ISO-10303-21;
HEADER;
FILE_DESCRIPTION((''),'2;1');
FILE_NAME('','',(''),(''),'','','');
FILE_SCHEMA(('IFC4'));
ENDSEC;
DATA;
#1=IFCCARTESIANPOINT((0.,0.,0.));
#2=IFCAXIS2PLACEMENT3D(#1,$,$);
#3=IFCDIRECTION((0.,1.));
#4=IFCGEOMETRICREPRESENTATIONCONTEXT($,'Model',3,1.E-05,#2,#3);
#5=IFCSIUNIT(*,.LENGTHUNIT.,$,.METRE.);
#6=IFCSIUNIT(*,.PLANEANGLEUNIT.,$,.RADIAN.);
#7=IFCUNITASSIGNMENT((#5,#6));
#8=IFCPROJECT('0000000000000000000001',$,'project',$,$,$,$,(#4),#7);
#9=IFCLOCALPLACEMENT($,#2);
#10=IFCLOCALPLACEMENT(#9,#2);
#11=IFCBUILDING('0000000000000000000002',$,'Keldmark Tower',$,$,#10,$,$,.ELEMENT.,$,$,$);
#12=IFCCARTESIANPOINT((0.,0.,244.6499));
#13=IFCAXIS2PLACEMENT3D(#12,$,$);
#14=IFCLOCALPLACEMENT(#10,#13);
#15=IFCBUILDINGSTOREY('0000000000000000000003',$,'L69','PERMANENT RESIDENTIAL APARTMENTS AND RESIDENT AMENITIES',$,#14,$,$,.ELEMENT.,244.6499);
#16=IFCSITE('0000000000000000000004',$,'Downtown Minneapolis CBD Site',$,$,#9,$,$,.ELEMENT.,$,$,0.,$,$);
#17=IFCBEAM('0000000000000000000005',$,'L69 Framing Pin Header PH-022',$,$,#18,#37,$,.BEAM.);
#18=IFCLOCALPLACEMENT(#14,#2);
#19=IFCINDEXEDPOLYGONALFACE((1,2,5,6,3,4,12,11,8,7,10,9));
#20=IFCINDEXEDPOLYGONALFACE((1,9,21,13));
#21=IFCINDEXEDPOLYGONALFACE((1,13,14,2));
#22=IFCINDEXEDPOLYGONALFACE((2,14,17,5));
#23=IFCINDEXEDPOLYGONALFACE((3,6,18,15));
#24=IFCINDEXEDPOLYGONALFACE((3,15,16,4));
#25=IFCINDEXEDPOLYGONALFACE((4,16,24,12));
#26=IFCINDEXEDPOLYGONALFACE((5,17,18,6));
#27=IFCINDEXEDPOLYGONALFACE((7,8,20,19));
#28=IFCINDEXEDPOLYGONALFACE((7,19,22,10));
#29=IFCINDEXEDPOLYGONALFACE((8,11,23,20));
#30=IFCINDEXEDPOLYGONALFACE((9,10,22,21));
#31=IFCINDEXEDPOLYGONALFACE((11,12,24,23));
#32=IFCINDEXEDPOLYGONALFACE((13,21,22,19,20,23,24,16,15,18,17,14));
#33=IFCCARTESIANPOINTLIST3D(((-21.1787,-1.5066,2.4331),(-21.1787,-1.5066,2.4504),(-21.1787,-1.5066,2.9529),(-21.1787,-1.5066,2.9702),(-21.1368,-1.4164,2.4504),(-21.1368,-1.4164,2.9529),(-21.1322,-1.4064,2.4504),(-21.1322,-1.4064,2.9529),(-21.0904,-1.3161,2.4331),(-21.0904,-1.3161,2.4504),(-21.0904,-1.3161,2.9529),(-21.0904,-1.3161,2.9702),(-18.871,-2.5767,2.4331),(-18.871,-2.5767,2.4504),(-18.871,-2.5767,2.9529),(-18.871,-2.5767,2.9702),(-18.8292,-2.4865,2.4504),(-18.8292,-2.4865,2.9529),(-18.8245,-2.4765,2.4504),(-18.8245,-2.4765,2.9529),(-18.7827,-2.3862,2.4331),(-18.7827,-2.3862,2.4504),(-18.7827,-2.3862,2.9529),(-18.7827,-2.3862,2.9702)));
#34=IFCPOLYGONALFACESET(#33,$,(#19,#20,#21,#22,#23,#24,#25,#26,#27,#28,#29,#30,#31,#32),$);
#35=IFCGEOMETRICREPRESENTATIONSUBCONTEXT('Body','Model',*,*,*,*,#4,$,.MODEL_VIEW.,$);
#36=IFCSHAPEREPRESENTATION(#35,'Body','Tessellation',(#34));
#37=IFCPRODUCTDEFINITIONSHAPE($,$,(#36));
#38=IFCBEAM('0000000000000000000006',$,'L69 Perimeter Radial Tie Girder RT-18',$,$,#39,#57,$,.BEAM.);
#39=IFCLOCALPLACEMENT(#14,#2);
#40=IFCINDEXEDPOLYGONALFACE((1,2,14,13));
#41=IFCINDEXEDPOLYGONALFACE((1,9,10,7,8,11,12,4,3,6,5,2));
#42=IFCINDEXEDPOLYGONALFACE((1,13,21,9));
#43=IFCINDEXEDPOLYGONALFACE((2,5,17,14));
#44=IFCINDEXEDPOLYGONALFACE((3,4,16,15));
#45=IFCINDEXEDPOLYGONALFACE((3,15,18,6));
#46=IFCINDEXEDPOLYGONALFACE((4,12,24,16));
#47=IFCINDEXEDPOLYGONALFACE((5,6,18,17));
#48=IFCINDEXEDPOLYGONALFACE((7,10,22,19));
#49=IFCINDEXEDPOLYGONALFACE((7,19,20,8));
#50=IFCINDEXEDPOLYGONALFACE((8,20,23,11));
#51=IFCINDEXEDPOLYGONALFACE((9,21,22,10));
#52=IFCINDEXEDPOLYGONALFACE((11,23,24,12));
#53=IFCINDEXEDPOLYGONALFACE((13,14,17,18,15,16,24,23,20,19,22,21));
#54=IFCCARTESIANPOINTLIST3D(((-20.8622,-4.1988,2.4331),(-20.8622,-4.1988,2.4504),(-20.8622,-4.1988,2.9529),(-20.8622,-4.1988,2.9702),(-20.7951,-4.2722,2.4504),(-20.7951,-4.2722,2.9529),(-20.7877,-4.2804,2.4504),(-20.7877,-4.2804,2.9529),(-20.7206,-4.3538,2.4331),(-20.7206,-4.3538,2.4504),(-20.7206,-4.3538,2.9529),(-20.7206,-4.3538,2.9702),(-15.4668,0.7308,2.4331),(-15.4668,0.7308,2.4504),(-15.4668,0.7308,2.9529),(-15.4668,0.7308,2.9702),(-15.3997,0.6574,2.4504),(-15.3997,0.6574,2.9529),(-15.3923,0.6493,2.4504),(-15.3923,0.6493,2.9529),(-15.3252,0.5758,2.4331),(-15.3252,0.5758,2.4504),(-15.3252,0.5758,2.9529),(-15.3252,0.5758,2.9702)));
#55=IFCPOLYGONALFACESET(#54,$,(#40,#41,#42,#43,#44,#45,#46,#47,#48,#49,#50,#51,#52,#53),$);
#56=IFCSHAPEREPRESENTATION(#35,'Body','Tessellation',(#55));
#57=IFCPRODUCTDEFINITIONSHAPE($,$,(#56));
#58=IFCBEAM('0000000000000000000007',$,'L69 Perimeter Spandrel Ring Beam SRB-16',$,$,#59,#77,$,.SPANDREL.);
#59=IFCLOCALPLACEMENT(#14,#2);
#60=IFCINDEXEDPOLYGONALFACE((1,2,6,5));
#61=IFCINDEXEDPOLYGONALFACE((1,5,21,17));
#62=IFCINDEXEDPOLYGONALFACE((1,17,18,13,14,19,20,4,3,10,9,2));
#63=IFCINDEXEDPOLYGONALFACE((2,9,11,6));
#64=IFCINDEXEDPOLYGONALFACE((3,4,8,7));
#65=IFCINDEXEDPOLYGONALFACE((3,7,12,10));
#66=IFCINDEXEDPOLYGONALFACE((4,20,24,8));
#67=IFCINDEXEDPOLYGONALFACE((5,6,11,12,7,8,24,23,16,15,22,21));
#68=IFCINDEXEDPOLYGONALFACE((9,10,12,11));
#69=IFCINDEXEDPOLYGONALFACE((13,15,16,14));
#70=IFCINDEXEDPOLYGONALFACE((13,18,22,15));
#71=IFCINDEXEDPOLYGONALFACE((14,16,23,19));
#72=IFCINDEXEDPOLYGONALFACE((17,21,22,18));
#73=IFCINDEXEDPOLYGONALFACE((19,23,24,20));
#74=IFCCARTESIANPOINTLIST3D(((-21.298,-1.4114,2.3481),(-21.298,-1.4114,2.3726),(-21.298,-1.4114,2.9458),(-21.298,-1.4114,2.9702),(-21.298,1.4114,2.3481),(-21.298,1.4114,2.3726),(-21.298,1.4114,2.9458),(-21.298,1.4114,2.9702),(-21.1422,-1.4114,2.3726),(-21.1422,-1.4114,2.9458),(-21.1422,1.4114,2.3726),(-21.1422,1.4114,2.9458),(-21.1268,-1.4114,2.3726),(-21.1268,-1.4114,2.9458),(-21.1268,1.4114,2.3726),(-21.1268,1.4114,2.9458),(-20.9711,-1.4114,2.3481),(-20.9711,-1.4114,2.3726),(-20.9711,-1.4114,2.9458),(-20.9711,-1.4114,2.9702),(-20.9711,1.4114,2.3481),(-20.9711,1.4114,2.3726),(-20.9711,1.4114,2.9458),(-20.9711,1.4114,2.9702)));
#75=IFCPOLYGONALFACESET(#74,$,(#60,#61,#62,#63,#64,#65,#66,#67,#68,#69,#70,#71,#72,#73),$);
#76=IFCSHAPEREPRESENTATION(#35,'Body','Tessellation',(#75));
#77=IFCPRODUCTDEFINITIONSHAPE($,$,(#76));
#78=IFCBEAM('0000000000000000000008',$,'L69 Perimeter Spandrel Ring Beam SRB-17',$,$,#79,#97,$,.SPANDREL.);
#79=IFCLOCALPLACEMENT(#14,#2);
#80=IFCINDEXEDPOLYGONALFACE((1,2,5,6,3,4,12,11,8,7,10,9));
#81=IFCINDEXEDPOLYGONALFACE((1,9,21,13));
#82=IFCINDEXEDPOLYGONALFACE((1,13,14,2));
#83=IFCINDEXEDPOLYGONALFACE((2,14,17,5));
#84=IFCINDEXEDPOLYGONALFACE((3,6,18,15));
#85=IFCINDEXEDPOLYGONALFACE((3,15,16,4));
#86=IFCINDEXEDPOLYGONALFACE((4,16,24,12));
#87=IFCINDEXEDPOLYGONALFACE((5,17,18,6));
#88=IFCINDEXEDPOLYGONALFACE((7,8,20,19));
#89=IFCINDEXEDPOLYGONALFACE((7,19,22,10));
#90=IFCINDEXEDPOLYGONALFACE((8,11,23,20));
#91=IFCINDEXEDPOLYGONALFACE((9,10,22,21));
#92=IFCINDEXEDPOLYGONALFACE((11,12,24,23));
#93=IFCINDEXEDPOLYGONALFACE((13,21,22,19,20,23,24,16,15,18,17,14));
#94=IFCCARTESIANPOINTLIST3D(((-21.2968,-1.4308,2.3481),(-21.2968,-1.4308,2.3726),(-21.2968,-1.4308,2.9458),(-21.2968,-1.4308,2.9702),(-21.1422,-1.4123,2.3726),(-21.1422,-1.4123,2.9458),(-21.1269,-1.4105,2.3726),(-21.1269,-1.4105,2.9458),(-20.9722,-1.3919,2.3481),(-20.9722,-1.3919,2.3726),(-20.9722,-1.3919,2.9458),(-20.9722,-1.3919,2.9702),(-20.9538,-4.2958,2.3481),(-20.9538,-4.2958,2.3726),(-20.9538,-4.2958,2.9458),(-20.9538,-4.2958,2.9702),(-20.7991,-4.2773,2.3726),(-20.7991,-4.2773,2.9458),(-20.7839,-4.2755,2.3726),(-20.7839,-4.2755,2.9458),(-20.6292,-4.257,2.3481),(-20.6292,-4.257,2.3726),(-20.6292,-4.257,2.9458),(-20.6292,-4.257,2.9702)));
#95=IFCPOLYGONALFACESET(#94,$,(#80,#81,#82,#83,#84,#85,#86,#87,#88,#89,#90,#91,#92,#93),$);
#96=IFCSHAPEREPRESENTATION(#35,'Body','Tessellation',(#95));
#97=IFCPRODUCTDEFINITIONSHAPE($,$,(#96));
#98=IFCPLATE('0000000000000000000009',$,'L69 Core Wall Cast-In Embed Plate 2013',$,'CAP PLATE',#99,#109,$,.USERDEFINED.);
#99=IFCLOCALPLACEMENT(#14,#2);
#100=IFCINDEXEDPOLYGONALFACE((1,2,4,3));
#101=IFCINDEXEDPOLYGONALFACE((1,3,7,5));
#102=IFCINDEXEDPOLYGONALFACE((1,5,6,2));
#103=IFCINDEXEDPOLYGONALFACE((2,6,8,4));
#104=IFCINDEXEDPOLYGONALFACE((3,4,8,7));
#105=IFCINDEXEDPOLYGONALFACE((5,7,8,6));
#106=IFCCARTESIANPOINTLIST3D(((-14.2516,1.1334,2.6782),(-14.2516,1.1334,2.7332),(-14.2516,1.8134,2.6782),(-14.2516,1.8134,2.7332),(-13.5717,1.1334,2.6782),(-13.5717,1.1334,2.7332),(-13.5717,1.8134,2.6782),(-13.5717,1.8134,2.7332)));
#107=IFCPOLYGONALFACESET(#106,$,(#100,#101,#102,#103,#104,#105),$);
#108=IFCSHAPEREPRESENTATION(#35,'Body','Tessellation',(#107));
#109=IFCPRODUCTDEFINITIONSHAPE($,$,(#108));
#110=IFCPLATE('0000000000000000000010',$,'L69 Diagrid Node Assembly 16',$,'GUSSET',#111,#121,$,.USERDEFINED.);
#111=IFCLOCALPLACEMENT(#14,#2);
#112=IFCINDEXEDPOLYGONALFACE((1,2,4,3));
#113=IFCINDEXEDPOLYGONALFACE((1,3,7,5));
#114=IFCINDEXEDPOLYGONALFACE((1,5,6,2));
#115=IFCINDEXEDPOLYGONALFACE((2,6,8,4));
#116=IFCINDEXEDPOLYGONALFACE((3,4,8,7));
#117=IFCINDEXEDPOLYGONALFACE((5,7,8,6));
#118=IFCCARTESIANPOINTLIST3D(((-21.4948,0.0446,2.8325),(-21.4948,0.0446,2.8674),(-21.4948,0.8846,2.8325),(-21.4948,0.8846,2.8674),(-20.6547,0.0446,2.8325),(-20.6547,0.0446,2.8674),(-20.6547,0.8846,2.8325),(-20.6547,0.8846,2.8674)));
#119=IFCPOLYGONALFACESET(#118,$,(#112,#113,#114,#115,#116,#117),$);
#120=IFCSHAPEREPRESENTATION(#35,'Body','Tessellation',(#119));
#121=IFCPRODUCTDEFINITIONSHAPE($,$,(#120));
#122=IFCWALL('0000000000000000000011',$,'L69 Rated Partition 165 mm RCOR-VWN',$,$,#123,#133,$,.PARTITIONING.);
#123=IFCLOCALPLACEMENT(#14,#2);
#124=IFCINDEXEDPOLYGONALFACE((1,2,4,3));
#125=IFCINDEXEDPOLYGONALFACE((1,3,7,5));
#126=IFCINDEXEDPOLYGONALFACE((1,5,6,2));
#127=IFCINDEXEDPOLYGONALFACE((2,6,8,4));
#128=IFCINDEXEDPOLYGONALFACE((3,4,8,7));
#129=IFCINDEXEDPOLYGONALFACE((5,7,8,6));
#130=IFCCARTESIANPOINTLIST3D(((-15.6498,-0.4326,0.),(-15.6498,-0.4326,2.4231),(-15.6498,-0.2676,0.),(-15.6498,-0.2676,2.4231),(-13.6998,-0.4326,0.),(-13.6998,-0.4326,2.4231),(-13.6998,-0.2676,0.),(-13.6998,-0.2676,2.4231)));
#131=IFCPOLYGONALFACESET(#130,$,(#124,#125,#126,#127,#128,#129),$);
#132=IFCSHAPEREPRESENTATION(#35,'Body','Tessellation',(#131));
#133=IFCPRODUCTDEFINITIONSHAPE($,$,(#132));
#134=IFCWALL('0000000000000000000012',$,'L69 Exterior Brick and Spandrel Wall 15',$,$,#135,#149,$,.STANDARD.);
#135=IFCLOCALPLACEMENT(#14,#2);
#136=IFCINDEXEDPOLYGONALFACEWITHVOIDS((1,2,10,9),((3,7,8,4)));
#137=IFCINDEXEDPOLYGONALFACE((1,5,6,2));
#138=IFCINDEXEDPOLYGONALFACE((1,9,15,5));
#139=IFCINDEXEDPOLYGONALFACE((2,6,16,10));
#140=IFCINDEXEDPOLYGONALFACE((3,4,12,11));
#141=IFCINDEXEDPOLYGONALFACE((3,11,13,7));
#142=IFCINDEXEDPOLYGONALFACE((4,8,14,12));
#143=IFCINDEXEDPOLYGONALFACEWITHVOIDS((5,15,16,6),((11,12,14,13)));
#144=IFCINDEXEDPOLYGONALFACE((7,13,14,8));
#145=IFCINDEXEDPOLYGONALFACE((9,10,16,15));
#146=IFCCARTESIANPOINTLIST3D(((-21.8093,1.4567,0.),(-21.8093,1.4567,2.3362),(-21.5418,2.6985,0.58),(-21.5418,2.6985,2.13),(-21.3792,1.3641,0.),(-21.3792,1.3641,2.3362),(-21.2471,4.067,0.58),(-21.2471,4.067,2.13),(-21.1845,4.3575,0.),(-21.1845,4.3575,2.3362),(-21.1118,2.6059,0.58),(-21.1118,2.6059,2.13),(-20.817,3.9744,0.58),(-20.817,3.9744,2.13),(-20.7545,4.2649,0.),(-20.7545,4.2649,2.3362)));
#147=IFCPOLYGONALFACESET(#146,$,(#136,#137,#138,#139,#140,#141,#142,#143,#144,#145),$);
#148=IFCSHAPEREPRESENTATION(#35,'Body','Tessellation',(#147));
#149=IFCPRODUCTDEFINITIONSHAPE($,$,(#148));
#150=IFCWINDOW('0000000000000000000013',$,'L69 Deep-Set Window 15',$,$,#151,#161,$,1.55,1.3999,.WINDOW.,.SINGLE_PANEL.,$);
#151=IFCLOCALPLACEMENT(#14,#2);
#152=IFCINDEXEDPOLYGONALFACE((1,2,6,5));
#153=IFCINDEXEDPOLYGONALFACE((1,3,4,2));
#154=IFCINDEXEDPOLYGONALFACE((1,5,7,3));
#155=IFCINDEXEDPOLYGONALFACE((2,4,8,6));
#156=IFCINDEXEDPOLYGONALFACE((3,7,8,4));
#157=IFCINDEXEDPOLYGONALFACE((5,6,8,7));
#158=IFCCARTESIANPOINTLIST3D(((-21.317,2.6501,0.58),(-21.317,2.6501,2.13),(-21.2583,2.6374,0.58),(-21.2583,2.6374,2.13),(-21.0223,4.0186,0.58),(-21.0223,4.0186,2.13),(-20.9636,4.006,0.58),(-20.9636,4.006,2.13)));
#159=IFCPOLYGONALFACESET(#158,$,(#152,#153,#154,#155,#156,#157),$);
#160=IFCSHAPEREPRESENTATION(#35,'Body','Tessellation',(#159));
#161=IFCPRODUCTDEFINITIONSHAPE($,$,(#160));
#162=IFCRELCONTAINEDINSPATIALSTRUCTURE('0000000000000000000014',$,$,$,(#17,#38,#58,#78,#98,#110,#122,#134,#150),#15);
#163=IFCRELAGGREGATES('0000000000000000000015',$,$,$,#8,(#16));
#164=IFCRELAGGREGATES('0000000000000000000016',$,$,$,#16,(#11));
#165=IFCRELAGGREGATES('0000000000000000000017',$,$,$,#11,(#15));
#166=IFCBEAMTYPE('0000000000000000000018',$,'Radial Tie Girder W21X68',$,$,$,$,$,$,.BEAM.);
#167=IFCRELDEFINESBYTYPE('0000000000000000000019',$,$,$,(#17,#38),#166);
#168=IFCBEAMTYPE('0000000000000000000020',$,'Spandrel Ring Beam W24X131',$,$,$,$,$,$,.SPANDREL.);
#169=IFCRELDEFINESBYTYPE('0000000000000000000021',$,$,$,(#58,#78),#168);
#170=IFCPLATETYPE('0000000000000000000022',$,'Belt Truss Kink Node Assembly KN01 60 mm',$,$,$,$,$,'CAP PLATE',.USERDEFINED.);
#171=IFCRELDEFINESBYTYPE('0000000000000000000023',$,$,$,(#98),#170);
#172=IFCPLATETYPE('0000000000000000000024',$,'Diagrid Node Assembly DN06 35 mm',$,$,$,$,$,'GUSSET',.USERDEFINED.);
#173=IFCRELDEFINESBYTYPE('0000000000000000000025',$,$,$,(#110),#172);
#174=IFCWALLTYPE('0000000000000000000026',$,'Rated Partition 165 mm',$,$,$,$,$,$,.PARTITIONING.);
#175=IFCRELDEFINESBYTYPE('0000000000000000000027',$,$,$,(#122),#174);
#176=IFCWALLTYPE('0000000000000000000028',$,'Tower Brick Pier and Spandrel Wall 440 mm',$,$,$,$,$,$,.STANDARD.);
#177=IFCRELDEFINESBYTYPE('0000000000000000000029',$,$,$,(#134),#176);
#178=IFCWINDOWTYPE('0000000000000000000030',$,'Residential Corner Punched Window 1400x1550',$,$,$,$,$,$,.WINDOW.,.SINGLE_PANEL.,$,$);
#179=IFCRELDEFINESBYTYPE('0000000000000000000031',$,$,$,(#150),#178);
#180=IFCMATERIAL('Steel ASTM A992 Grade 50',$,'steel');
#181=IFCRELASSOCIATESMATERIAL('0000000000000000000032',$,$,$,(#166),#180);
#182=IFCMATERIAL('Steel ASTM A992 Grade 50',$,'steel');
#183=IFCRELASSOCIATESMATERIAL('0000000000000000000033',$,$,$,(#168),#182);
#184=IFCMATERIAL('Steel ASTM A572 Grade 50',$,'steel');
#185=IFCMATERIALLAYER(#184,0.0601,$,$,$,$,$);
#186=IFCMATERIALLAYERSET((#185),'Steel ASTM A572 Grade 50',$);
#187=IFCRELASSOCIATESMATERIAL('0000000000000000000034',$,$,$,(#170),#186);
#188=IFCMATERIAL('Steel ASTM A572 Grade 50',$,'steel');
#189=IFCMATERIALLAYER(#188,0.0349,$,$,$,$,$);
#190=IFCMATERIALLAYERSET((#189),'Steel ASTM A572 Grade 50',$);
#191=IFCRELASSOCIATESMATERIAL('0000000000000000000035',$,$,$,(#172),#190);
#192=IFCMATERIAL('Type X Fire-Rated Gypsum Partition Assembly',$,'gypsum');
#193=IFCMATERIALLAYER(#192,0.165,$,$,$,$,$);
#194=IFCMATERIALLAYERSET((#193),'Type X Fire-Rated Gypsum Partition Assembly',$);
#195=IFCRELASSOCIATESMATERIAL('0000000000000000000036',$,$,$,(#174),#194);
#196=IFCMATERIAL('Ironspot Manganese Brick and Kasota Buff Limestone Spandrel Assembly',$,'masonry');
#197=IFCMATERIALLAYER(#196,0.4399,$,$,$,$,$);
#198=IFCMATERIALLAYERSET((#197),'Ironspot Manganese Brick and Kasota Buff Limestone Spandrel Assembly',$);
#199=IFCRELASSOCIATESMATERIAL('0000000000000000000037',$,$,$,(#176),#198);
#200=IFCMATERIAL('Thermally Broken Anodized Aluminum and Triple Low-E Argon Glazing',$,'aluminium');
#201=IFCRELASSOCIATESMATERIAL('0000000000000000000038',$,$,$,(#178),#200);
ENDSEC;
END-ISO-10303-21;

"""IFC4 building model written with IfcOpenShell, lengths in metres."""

from ifc_helpers import new_model, si_unit, direction, frame, frame_2d, origin, origin_2d, place, context, subcontext, project, spatial, rectangle, i_section, extrude, material, layer, layer_set, material_profile, profile_set, type_object, element, fill, save


model = new_model("IFC4")

# Units and contexts
model_context = context("Model", 3, precision=1e-05, world=origin(), true_north=direction((0.0, 1.0)))
body_context = subcontext(model_context, "Body", "Model", "MODEL_VIEW")
ifc_project = project(units=[si_unit("LENGTHUNIT", "METRE"), si_unit("PLANEANGLEUNIT", "RADIAN")], contexts=[model_context])

# Site, building, storey
site_placement = place(None, origin())
site = spatial("IfcSite", under=ifc_project, at=site_placement, Name="Downtown Minneapolis CBD Site", CompositionType="ELEMENT", RefElevation=0.0)
building_placement = place(site_placement, origin())
building = spatial("IfcBuilding", under=site, at=building_placement, Name="Keldmark Tower", CompositionType="ELEMENT")
storey_placement = place(building_placement, frame((0.0, 0.0, 244.6499)))
storey = spatial("IfcBuildingStorey", under=building, at=storey_placement, Name="L69", Description="PERMANENT RESIDENTIAL APARTMENTS AND RESIDENT AMENITIES", CompositionType="ELEMENT", Elevation=244.6499)

# Beams
ifc_material_1 = material(Name="Steel ASTM A992 Grade 50", Category="steel")
ifc_material_profile_1 = material_profile(ifc_material_1, i_section(OverallWidth=0.21, OverallDepth=0.5371, WebThickness=0.011, FlangeThickness=0.0173, at=origin_2d()), Name="W21X68")
ifc_profile_set_1 = profile_set([ifc_material_profile_1], Name="Steel ASTM A992 Grade 50")
beam_type_1 = type_object("IfcBeamType", Name="Radial Tie Girder W21X68", PredefinedType="BEAM", material=ifc_profile_set_1)
beam_1_placement = place(storey_placement, frame((-21.1345, -1.4114, 2.7017), z_axis=(0.907208, -0.420683, 0.0), x_axis=(0.420683, 0.907208, 0.0)))
element("IfcBeam", 1, at=beam_1_placement, inside=storey, type_object=beam_type_1, Name="L69 Framing Pin Header PH-022", PredefinedType="BEAM", context=body_context, shape_type="SweptSolid", body=[
    extrude(i_section(OverallWidth=0.21, OverallDepth=0.5371, WebThickness=0.011, FlangeThickness=0.0173, at=origin_2d()), origin(), (0.0, 0.0, 1.0), 2.5437),
])
beam_2_placement = place(storey_placement, frame((-15.396, 0.6533, 2.7017), z_axis=(-0.738257, -0.67452, 0.0), x_axis=(0.67452, -0.738257, 0.0)))
element("IfcBeam", 2, at=beam_2_placement, inside=storey, type_object=beam_type_1, Name="L69 Perimeter Radial Tie Girder RT-18", PredefinedType="BEAM", context=body_context, shape_type="SweptSolid", body=[
    extrude(i_section(OverallWidth=0.21, OverallDepth=0.5371, WebThickness=0.011, FlangeThickness=0.0173, at=origin_2d()), origin(), (0.0, 0.0, 1.0), 7.3083),
])
ifc_material_2 = material(Name="Steel ASTM A992 Grade 50", Category="steel")
ifc_material_profile_2 = material_profile(ifc_material_2, i_section(OverallWidth=0.3269, OverallDepth=0.6221, WebThickness=0.0154, FlangeThickness=0.0244, at=origin_2d()), Name="W24X131")
ifc_profile_set_2 = profile_set([ifc_material_profile_2], Name="Steel ASTM A992 Grade 50")
beam_type_2 = type_object("IfcBeamType", Name="Spandrel Ring Beam W24X131", PredefinedType="SPANDREL", material=ifc_profile_set_2)
beam_3_placement = place(storey_placement, frame((-21.1345, 1.4114, 2.6592), z_axis=(0.0, -1.0, 0.0), x_axis=(1.0, 0.0, 0.0)))
element("IfcBeam", 3, at=beam_3_placement, inside=storey, type_object=beam_type_2, Name="L69 Perimeter Spandrel Ring Beam SRB-16", PredefinedType="SPANDREL", context=body_context, shape_type="SweptSolid", body=[
    extrude(i_section(OverallWidth=0.3269, OverallDepth=0.6221, WebThickness=0.0154, FlangeThickness=0.0244, at=origin_2d()), origin(), (0.0, 0.0, 1.0), 2.8228),
])
beam_4_placement = place(storey_placement, frame((-21.1345, -1.4114, 2.6592), z_axis=(0.118878, -0.992909, 0.0), x_axis=(0.992909, 0.118878, 0.0)))
element("IfcBeam", 4, at=beam_4_placement, inside=storey, type_object=beam_type_2, Name="L69 Perimeter Spandrel Ring Beam SRB-17", PredefinedType="SPANDREL", context=body_context, shape_type="SweptSolid", body=[
    extrude(i_section(OverallWidth=0.3269, OverallDepth=0.6221, WebThickness=0.0154, FlangeThickness=0.0244, at=origin_2d()), origin(), (0.0, 0.0, 1.0), 2.8855),
])

# Plates
ifc_material_3 = material(Name="Steel ASTM A572 Grade 50", Category="steel")
ifc_layer_1 = layer(ifc_material_3, 0.0601)
ifc_layer_set_1 = layer_set([ifc_layer_1], Name="Steel ASTM A572 Grade 50")
plate_type_1 = type_object("IfcPlateType", Name="Belt Truss Kink Node Assembly KN01 60 mm", ElementType="CAP PLATE", PredefinedType="USERDEFINED", material=ifc_layer_set_1)
plate_1_placement = place(storey_placement, frame((-13.9116, 1.4734, 2.6782), z_axis=(0.0, 0.0, 1.0), x_axis=(1.0, 0.0, 0.0)))
element("IfcPlate", 5, at=plate_1_placement, inside=storey, type_object=plate_type_1, Name="L69 Core Wall Cast-In Embed Plate 2013", ObjectType="CAP PLATE", PredefinedType="USERDEFINED", context=body_context, shape_type="SweptSolid", body=[
    extrude(rectangle(XDim=0.6799, YDim=0.6799, at=origin_2d()), origin(), (0.0, 0.0, 1.0), 0.0549),
])
ifc_material_4 = material(Name="Steel ASTM A572 Grade 50", Category="steel")
ifc_layer_2 = layer(ifc_material_4, 0.0349)
ifc_layer_set_2 = layer_set([ifc_layer_2], Name="Steel ASTM A572 Grade 50")
plate_type_2 = type_object("IfcPlateType", Name="Diagrid Node Assembly DN06 35 mm", ElementType="GUSSET", PredefinedType="USERDEFINED", material=ifc_layer_set_2)
plate_2_placement = place(storey_placement, frame((-21.0747, 0.4646, 2.8325), z_axis=(0.0, 0.0, 1.0), x_axis=(0.0, -1.0, 0.0)))
element("IfcPlate", 6, at=plate_2_placement, inside=storey, type_object=plate_type_2, Name="L69 Diagrid Node Assembly 16", ObjectType="GUSSET", PredefinedType="USERDEFINED", context=body_context, shape_type="SweptSolid", body=[
    extrude(rectangle(XDim=0.8401, YDim=0.8401, at=origin_2d()), origin(), (0.0, 0.0, 1.0), 0.0349),
])

# Wall
ifc_material_5 = material(Name="Type X Fire-Rated Gypsum Partition Assembly", Category="gypsum")
ifc_layer_3 = layer(ifc_material_5, 0.165)
ifc_layer_set_3 = layer_set([ifc_layer_3], Name="Type X Fire-Rated Gypsum Partition Assembly")
wall_type_1 = type_object("IfcWallType", Name="Rated Partition 165 mm", PredefinedType="PARTITIONING", material=ifc_layer_set_3)
wall_1_placement = place(storey_placement, frame((-15.6499, -0.3501, 0.0), z_axis=(0.0, 0.0, 1.0), x_axis=(1.0, 0.0, 0.0)))
element("IfcWall", 7, at=wall_1_placement, inside=storey, type_object=wall_type_1, Name="L69 Rated Partition 165 mm RCOR-VWN", PredefinedType="PARTITIONING", context=body_context, shape_type="SweptSolid", body=[
    extrude(rectangle(XDim=1.95, YDim=0.165, at=frame_2d((0.9751, 0.0))), origin(), (0.0, 0.0, 1.0), 2.4231),
])

# Wall, opening, window
ifc_material_6 = material(Name="Ironspot Manganese Brick and Kasota Buff Limestone Spandrel Assembly", Category="masonry")
ifc_layer_4 = layer(ifc_material_6, 0.4399)
ifc_layer_set_4 = layer_set([ifc_layer_4], Name="Ironspot Manganese Brick and Kasota Buff Limestone Spandrel Assembly")
wall_type_2 = type_object("IfcWallType", Name="Tower Brick Pier and Spandrel Wall 440 mm", PredefinedType="STANDARD", material=ifc_layer_set_4)
wall_2_placement = place(storey_placement, frame((-21.5942, 1.4104, 0.0), z_axis=(0.0, 0.0, 1.0), x_axis=(0.21054, 0.977585, 0.0)))
wall_2 = element("IfcWall", 8, at=wall_2_placement, inside=storey, type_object=wall_type_2, Name="L69 Exterior Brick and Spandrel Wall 15", PredefinedType="STANDARD", context=body_context, shape_type="SweptSolid", body=[
    extrude(rectangle(XDim=2.9673, YDim=0.4399, at=frame_2d((1.4836, 0.0))), origin(), (0.0, 0.0, 1.0), 2.3362),
])
opening_1_placement = place(wall_2_placement, frame((1.2703, 0.0, 0.5801)))
opening_1 = element("IfcOpeningElement", 9, at=opening_1_placement, cuts=wall_2, PredefinedType="OPENING", context=body_context, shape_type="SweptSolid", body=[
    extrude(rectangle(XDim=1.3999, YDim=1.55, at=frame_2d((0.7, 0.7749))), frame((0.0, 0.23, 0.0), z_axis=(0.0, -1.0, 0.0), x_axis=(1.0, 0.0, 0.0)), (0.0, 0.0, 1.0), 0.46),
])
ifc_material_7 = material(Name="Thermally Broken Anodized Aluminum and Triple Low-E Argon Glazing", Category="aluminium")
window_type = type_object("IfcWindowType", Name="Residential Corner Punched Window 1400x1550", PartitioningType="SINGLE_PANEL", PredefinedType="WINDOW", material=ifc_material_7)
window_1_placement = place(opening_1_placement, origin())
window_1 = element("IfcWindow", 10, at=window_1_placement, inside=storey, type_object=window_type, Name="L69 Deep-Set Window 15", OverallHeight=1.55, OverallWidth=1.3999, PartitioningType="SINGLE_PANEL", PredefinedType="WINDOW", context=body_context, shape_type="SweptSolid", body=[
    extrude(rectangle(XDim=1.3999, YDim=1.55, at=frame_2d((0.7, 0.7749))), frame((0.0, -0.01, 0.0), z_axis=(0.0, -1.0, 0.0), x_axis=(1.0, 0.0, 0.0)), (0.0, 0.0, 1.0), 0.0601),
])
fill(opening_1, window_1)

save(model, "model.ifc")
